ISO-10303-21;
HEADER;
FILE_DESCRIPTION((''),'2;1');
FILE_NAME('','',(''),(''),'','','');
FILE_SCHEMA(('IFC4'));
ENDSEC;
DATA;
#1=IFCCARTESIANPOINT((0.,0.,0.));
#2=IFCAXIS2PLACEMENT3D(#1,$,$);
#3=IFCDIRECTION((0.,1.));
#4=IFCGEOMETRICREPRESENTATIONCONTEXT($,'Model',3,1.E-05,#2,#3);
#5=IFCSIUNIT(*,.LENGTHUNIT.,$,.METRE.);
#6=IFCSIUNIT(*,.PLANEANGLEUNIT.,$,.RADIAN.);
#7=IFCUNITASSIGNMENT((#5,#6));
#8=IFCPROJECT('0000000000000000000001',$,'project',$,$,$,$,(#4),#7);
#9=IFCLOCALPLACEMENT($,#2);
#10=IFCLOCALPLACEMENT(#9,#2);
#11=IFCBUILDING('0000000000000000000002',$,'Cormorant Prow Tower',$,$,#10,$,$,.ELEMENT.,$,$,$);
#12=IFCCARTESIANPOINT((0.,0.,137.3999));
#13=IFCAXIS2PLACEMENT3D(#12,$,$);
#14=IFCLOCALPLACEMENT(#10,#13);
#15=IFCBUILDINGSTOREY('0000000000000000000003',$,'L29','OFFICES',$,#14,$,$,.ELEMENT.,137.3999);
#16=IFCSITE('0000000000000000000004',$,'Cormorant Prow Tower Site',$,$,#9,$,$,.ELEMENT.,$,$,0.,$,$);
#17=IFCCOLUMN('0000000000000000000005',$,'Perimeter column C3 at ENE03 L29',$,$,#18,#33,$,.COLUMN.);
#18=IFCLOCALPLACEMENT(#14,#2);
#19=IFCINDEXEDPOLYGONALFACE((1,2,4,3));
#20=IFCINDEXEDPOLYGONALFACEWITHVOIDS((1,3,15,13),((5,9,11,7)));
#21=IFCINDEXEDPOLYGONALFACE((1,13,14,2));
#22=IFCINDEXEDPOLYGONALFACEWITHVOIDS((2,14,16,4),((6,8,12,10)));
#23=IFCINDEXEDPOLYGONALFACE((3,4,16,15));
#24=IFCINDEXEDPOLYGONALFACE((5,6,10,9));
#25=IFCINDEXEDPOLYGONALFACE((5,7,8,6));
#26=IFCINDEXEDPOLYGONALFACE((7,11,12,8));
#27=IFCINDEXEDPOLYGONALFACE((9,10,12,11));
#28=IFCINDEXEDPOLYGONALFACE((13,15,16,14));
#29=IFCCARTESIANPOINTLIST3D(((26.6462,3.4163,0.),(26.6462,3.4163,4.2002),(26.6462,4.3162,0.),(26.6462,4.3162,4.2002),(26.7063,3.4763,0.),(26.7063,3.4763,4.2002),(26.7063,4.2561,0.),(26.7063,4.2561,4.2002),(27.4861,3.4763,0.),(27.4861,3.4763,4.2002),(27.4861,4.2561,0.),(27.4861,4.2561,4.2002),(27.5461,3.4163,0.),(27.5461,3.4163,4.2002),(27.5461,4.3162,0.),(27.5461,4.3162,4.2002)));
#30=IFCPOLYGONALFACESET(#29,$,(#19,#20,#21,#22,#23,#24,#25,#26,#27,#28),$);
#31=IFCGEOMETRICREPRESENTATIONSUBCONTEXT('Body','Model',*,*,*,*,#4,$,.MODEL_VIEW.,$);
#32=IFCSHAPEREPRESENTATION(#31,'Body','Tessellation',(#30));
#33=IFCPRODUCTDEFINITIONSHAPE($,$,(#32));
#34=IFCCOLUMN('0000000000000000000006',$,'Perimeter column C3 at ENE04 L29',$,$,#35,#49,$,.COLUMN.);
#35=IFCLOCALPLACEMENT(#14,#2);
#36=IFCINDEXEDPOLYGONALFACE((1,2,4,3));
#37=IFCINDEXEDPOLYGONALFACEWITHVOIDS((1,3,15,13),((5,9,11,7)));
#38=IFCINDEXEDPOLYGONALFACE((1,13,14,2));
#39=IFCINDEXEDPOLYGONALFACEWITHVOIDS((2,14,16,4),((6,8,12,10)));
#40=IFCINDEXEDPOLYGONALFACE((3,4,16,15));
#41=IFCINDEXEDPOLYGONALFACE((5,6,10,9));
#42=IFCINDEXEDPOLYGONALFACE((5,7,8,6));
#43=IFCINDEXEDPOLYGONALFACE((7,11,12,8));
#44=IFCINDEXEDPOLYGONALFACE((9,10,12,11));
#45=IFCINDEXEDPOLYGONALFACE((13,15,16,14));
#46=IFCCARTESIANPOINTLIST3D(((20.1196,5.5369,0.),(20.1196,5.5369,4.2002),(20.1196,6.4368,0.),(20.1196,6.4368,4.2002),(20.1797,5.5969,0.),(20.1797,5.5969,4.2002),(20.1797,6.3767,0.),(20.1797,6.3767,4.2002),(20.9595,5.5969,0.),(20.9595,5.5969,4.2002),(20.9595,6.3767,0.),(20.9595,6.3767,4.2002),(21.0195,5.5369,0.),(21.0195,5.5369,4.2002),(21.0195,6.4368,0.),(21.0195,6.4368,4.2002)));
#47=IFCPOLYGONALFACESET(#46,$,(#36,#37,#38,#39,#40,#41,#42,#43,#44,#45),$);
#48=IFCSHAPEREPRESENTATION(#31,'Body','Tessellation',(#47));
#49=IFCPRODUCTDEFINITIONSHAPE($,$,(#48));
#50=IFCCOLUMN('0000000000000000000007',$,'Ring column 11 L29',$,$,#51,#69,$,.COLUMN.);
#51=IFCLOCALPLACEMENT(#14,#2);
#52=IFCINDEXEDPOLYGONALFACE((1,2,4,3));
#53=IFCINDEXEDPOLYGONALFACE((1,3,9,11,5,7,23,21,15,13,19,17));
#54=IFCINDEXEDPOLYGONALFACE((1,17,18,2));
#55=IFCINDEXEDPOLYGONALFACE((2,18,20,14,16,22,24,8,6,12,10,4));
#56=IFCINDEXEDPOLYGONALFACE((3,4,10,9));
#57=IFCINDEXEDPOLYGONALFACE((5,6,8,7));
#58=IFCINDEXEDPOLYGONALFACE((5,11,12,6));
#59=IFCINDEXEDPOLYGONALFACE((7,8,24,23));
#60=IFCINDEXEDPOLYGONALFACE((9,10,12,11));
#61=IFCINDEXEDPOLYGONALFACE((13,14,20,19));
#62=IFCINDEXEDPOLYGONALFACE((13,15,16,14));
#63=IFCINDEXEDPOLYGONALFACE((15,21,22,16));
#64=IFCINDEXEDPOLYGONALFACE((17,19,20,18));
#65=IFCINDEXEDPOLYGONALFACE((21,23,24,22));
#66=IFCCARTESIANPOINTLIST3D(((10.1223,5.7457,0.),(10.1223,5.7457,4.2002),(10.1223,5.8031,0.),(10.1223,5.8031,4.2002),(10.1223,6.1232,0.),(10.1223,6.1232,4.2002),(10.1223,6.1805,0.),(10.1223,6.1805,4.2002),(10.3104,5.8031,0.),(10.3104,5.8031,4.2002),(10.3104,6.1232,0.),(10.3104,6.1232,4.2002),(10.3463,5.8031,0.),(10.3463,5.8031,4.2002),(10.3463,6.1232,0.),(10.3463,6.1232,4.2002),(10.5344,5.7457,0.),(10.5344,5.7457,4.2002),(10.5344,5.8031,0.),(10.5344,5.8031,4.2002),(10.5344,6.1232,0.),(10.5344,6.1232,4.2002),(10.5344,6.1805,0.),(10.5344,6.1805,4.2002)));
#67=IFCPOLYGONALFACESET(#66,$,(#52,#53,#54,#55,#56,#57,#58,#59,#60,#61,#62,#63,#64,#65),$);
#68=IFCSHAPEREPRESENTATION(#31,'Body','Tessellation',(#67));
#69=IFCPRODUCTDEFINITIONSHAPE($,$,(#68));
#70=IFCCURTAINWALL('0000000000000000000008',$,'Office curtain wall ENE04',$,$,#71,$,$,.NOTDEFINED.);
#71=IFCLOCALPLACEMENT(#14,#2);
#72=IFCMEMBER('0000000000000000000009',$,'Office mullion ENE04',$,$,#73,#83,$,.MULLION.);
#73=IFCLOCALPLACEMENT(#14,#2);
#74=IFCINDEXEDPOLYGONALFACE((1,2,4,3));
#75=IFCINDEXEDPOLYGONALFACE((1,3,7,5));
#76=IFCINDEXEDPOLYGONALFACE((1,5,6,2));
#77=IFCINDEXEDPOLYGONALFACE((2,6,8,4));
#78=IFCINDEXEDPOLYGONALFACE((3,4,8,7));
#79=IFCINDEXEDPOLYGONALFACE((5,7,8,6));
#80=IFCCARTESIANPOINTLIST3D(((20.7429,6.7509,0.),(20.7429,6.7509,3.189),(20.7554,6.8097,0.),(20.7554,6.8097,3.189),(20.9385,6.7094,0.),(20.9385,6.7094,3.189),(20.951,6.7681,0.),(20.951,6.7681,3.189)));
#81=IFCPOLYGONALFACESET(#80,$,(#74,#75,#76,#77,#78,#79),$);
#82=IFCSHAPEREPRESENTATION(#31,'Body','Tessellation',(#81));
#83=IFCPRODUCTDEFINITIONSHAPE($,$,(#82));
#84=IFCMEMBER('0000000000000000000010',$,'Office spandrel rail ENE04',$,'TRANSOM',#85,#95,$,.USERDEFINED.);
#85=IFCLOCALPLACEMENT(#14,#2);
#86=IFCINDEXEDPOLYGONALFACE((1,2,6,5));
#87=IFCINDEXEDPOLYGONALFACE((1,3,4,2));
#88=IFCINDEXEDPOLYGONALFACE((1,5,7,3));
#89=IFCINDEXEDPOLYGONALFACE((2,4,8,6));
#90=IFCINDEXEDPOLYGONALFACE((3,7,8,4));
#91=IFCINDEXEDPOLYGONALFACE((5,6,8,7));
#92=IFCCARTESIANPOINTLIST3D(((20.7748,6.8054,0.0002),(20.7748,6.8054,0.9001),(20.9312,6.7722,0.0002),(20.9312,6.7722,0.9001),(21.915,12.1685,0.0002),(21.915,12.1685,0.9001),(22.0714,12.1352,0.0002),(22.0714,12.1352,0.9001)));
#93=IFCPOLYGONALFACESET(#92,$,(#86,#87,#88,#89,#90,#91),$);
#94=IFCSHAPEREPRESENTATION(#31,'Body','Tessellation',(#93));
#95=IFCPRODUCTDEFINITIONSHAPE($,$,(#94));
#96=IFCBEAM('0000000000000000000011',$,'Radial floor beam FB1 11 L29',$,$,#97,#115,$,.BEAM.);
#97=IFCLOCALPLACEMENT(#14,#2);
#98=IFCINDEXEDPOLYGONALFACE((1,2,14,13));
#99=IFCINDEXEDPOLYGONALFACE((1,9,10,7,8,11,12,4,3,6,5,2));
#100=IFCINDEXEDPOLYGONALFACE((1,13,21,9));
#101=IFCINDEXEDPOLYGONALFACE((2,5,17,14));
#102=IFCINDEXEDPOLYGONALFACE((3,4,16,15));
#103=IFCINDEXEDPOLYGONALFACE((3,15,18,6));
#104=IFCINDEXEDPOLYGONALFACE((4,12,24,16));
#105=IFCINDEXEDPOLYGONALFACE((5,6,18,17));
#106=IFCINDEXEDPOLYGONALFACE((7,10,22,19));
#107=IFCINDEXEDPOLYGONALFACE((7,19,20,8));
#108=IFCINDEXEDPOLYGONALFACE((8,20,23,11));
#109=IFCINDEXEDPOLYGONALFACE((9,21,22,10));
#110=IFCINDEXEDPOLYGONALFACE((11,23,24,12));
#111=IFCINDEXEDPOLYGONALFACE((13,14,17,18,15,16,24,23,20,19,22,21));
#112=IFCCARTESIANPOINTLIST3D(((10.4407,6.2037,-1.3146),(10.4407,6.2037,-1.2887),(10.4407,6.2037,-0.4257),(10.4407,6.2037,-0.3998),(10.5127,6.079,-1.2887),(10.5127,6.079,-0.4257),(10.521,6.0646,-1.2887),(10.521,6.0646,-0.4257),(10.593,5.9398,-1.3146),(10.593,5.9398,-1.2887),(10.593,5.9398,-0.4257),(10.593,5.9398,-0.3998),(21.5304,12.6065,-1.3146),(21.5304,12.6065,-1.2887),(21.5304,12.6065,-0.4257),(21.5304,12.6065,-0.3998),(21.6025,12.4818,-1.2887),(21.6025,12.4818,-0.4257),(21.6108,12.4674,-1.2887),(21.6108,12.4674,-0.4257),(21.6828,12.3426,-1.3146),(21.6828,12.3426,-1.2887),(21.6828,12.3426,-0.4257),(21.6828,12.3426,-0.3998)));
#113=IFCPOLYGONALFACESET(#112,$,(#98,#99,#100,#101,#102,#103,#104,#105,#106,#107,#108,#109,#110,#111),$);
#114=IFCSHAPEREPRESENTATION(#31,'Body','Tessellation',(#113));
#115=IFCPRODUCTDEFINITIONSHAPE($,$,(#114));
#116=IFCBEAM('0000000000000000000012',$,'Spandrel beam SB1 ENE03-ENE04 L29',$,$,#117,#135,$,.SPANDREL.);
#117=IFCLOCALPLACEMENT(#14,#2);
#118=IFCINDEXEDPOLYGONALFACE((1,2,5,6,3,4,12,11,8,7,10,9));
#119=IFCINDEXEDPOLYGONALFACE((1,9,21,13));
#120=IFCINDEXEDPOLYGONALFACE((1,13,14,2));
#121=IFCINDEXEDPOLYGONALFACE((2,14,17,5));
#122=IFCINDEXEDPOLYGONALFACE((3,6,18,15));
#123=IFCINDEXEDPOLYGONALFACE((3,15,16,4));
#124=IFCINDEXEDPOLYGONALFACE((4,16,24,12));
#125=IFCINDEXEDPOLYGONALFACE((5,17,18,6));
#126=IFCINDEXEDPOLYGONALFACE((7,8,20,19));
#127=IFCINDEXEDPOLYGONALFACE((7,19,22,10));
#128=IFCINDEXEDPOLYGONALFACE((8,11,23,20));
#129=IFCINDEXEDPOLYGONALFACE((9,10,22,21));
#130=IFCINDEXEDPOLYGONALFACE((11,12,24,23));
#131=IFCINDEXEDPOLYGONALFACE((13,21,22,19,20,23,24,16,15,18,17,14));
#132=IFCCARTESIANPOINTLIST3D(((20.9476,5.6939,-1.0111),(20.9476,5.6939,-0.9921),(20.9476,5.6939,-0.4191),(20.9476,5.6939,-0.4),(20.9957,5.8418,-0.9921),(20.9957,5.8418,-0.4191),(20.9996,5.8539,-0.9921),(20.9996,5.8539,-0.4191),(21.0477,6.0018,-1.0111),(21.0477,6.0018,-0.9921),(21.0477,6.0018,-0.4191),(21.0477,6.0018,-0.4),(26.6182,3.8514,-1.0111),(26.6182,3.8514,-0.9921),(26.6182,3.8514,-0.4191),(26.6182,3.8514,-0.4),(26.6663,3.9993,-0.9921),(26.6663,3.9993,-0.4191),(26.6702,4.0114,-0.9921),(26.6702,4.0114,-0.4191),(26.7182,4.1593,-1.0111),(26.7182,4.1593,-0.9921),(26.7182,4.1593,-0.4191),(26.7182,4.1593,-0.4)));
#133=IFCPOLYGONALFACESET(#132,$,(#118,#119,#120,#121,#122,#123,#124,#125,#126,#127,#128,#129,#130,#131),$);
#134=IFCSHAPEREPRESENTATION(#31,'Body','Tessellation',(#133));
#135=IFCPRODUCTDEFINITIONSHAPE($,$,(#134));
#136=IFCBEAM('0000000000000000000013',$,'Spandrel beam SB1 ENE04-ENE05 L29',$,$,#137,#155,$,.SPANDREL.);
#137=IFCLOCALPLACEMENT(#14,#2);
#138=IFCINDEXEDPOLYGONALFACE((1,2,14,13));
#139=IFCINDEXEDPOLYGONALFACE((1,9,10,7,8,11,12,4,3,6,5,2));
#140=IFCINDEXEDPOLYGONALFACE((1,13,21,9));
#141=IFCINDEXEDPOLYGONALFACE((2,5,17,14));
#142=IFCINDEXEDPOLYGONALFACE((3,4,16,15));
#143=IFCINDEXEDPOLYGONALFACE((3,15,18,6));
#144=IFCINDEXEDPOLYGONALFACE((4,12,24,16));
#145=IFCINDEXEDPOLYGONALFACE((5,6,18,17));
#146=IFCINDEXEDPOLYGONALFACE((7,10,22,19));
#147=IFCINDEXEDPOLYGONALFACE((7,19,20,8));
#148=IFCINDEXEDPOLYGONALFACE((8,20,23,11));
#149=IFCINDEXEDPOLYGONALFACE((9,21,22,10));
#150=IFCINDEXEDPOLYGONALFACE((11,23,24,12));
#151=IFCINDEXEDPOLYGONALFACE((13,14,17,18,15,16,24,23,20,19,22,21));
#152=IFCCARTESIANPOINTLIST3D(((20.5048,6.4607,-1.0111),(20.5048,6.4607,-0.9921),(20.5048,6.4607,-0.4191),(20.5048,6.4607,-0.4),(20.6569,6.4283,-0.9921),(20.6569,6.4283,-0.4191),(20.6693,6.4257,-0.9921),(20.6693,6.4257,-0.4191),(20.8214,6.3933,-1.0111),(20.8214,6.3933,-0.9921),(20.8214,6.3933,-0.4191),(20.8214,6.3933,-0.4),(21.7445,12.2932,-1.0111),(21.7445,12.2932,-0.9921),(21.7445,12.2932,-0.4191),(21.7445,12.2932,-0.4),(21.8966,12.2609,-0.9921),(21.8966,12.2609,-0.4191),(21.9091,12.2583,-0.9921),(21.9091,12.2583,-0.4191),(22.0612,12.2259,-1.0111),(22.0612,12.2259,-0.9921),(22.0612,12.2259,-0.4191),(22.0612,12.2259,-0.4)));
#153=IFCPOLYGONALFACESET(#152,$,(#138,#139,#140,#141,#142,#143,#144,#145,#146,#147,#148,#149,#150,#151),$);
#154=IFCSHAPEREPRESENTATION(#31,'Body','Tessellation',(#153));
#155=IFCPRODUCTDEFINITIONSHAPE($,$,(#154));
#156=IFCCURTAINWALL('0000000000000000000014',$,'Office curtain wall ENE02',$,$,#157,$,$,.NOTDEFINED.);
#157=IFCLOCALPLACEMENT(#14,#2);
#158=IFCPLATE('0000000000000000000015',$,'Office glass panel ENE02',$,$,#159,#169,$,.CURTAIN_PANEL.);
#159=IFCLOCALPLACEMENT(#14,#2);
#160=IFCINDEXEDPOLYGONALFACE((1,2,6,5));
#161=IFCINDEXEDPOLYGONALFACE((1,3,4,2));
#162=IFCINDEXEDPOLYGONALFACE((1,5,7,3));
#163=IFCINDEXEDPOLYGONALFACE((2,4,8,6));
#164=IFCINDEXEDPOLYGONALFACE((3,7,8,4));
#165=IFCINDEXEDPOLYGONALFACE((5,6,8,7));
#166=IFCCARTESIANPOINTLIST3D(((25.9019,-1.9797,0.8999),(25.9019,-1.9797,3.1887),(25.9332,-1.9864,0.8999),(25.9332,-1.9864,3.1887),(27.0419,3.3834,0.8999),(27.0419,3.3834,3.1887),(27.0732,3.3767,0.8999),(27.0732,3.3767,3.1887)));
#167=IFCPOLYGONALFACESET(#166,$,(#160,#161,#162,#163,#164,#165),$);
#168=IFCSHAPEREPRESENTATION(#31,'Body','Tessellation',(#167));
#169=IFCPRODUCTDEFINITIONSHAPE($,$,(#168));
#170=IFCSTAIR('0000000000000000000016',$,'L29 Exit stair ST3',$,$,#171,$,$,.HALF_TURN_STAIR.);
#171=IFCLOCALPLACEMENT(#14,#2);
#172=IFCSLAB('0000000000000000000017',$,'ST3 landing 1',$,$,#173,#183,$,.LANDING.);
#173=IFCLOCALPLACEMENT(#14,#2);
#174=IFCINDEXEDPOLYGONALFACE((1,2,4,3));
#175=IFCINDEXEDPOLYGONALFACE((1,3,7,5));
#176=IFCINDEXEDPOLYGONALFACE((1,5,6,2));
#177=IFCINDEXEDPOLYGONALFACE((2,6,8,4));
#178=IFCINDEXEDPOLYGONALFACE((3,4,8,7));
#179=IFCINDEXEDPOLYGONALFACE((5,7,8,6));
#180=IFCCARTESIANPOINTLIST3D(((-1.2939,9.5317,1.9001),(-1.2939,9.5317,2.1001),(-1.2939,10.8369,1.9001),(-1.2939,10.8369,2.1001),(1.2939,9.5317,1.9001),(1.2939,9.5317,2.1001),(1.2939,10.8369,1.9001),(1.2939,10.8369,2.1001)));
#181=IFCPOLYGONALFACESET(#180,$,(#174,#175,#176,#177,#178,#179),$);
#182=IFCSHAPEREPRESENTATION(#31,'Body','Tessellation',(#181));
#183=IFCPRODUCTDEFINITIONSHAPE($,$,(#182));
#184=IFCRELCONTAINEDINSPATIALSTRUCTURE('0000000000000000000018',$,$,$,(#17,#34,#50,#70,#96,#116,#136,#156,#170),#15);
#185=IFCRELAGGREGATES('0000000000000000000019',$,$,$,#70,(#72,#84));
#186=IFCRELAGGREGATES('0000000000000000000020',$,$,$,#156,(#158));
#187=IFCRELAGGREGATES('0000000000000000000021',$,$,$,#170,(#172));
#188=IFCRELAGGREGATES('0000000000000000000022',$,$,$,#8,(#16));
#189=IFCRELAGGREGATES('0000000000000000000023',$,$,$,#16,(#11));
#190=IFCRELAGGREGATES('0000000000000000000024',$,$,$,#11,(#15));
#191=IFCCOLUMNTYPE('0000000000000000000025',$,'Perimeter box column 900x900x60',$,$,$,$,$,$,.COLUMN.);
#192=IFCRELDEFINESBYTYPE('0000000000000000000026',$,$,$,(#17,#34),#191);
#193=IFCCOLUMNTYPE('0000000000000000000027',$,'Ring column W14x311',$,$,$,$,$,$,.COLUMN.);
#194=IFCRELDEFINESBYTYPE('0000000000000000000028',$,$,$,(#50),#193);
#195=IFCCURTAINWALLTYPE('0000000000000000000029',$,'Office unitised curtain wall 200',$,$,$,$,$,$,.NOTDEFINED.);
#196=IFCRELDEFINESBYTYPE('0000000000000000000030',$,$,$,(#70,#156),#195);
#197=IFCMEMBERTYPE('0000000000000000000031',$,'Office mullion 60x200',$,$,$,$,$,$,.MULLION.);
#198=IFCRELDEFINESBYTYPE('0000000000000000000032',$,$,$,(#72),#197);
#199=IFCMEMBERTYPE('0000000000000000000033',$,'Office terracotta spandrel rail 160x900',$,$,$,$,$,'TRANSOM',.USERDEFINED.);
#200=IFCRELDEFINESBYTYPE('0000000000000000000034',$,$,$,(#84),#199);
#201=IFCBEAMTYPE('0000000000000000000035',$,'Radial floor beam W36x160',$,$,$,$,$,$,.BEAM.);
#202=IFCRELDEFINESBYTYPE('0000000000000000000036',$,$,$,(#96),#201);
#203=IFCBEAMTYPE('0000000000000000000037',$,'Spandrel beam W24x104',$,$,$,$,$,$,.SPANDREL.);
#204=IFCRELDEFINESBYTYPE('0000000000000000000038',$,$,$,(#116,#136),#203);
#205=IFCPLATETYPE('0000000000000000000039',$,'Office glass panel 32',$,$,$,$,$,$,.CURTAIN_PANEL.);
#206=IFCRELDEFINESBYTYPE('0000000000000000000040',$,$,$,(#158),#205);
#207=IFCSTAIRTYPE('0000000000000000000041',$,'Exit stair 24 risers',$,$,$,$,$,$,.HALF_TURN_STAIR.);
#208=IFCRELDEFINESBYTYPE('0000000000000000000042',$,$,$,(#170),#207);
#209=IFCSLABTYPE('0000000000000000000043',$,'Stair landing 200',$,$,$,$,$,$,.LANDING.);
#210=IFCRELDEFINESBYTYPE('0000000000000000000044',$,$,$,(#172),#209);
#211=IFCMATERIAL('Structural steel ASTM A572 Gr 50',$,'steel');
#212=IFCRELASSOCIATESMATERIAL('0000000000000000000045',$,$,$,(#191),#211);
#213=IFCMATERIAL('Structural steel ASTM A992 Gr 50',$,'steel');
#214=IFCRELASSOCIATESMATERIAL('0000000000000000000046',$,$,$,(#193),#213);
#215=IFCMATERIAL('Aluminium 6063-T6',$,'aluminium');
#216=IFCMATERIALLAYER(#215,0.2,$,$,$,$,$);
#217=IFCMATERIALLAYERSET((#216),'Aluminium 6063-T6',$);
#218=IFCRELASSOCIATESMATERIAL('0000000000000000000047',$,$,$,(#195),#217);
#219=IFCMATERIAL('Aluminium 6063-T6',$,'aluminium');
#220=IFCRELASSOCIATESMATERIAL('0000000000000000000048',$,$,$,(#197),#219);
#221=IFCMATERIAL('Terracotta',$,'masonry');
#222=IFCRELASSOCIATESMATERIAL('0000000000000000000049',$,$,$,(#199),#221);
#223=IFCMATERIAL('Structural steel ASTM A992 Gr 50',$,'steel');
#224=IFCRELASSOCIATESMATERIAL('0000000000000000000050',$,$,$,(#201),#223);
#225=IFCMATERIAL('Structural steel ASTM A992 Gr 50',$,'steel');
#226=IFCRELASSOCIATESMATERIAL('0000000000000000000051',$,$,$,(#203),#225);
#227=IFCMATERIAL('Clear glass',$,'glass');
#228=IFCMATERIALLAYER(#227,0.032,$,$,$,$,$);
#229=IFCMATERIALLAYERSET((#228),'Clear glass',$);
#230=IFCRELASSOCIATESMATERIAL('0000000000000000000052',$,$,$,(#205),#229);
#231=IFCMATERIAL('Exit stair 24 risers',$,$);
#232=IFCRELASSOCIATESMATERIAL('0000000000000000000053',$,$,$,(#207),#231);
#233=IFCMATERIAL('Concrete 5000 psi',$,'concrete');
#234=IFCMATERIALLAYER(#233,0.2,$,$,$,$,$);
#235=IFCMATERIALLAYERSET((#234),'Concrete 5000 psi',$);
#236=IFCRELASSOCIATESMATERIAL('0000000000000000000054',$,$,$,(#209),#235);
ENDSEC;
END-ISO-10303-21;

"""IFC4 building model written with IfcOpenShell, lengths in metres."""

from ifc_helpers import new_model, si_unit, direction, frame, origin, origin_2d, place, context, subcontext, project, spatial, polyline, rectangle, hollow_rectangle, i_section, outline, extrude, material, layer, layer_set, material_profile, profile_set, type_object, element, aggregate, save


model = new_model("IFC4")

# Units and contexts
model_context = context("Model", 3, precision=1e-05, world=origin(), true_north=direction((0.0, 1.0)))
body_context = subcontext(model_context, "Body", "Model", "MODEL_VIEW")
ifc_project = project(units=[si_unit("LENGTHUNIT", "METRE"), si_unit("PLANEANGLEUNIT", "RADIAN")], contexts=[model_context])

# Site, building, storey
site_placement = place(None, origin())
site = spatial("IfcSite", under=ifc_project, at=site_placement, Name="Cormorant Prow Tower Site", CompositionType="ELEMENT", RefElevation=0.0)
building_placement = place(site_placement, origin())
building = spatial("IfcBuilding", under=site, at=building_placement, Name="Cormorant Prow Tower", CompositionType="ELEMENT")
storey_placement = place(building_placement, frame((0.0, 0.0, 137.3999)))
storey = spatial("IfcBuildingStorey", under=building, at=storey_placement, Name="L29", Description="OFFICES", CompositionType="ELEMENT", Elevation=137.3999)

# Columns
ifc_material_1 = material(Name="Structural steel ASTM A572 Gr 50", Category="steel")
ifc_material_profile_1 = material_profile(ifc_material_1, hollow_rectangle(XDim=0.8999, YDim=0.8999, WallThickness=0.0601, at=origin_2d()), Name="Box 900x900x60")
ifc_profile_set_1 = profile_set([ifc_material_profile_1], Name="Structural steel ASTM A572 Gr 50")
column_type_1 = type_object("IfcColumnType", Name="Perimeter box column 900x900x60", PredefinedType="COLUMN", material=ifc_profile_set_1)
for number, where, z_axis, x_axis, name in (
    (1, (27.0962, 3.8662, 0.0), (0.0, 0.0, 1.0), (1.0, 0.0, 0.0), "Perimeter column C3 at ENE03 L29"),
    (2, (20.5696, 5.9868, 0.0), (0.0, 0.0, 1.0), (1.0, 0.0, 0.0), "Perimeter column C3 at ENE04 L29"),
):
    element("IfcColumn", number, at=place(storey_placement, frame(where, z_axis=z_axis, x_axis=x_axis)), inside=storey, type_object=column_type_1, Name=name, PredefinedType="COLUMN", context=body_context, shape_type="SweptSolid", body=[
        extrude(hollow_rectangle(XDim=0.8999, YDim=0.8999, WallThickness=0.0601, at=origin_2d()), origin(), (0.0, 0.0, 1.0), 4.2002),
    ])
ifc_material_2 = material(Name="Structural steel ASTM A992 Gr 50", Category="steel")
ifc_material_profile_2 = material_profile(ifc_material_2, i_section(OverallWidth=0.4121, OverallDepth=0.4348, WebThickness=0.0359, FlangeThickness=0.0574, at=origin_2d()), Name="W14x311")
ifc_profile_set_2 = profile_set([ifc_material_profile_2], Name="Structural steel ASTM A992 Gr 50")
column_type_2 = type_object("IfcColumnType", Name="Ring column W14x311", PredefinedType="COLUMN", material=ifc_profile_set_2)
column_placement = place(storey_placement, frame((10.3284, 5.9631, 0.0), z_axis=(0.0, 0.0, 1.0), x_axis=(1.0, 0.0, 0.0)))
element("IfcColumn", 3, at=column_placement, inside=storey, type_object=column_type_2, Name="Ring column 11 L29", PredefinedType="COLUMN", context=body_context, shape_type="SweptSolid", body=[
    extrude(i_section(OverallWidth=0.4121, OverallDepth=0.4348, WebThickness=0.0359, FlangeThickness=0.0574, at=origin_2d()), origin(), (0.0, 0.0, 1.0), 4.2002),
])

# Curtain wall, members
ifc_material_3 = material(Name="Aluminium 6063-T6", Category="aluminium")
ifc_layer_1 = layer(ifc_material_3, 0.2)
ifc_layer_set_1 = layer_set([ifc_layer_1], Name="Aluminium 6063-T6")
curtain_wall_type = type_object("IfcCurtainWallType", Name="Office unitised curtain wall 200", PredefinedType="NOTDEFINED", material=ifc_layer_set_1)
curtain_wall_1_placement = place(storey_placement, origin())
curtain_wall_1 = element("IfcCurtainWall", 4, at=curtain_wall_1_placement, inside=storey, type_object=curtain_wall_type, Name="Office curtain wall ENE04", PredefinedType="NOTDEFINED")
ifc_material_4 = material(Name="Aluminium 6063-T6", Category="aluminium")
ifc_material_profile_3 = material_profile(ifc_material_4, rectangle(XDim=0.2, YDim=0.0601, at=origin_2d()), Name="Office mullion 60x200")
ifc_profile_set_3 = profile_set([ifc_material_profile_3], Name="Aluminium 6063-T6")
member_type_1 = type_object("IfcMemberType", Name="Office mullion 60x200", PredefinedType="MULLION", material=ifc_profile_set_3)
member_1_placement = place(storey_placement, frame((20.8469, 6.7595, 0.0), z_axis=(0.0, 0.0, 1.0), x_axis=(-0.978148, 0.207912, 0.0)))
member_1 = element("IfcMember", 5, at=member_1_placement, type_object=member_type_1, Name="Office mullion ENE04", PredefinedType="MULLION", context=body_context, shape_type="SweptSolid", body=[
    extrude(rectangle(XDim=0.2, YDim=0.0601, at=origin_2d()), origin(), (0.0, 0.0, 1.0), 3.189),
])
ifc_material_5 = material(Name="Terracotta", Category="masonry")
ifc_material_profile_4 = material_profile(ifc_material_5, rectangle(XDim=0.1599, YDim=0.8999, at=origin_2d()), Name="Office terracotta spandrel rail 160x900")
ifc_profile_set_4 = profile_set([ifc_material_profile_4], Name="Terracotta")
member_type_2 = type_object("IfcMemberType", Name="Office terracotta spandrel rail 160x900", ElementType="TRANSOM", PredefinedType="USERDEFINED", material=ifc_profile_set_4)
member_2_placement = place(storey_placement, frame((20.853, 6.7888, 0.4502), z_axis=(0.207944, 0.978141, 0.0), x_axis=(-0.978141, 0.207944, 0.0)))
member_2 = element("IfcMember", 6, at=member_2_placement, type_object=member_type_2, Name="Office spandrel rail ENE04", ObjectType="TRANSOM", PredefinedType="USERDEFINED", context=body_context, shape_type="SweptSolid", body=[
    extrude(rectangle(XDim=0.1599, YDim=0.8999, at=origin_2d()), origin(), (0.0, 0.0, 1.0), 5.4829),
])
aggregate(curtain_wall_1, [member_1, member_2])

# Beams
ifc_material_6 = material(Name="Structural steel ASTM A992 Gr 50", Category="steel")
ifc_material_profile_5 = material_profile(ifc_material_6, i_section(OverallWidth=0.3047, OverallDepth=0.9148, WebThickness=0.0166, FlangeThickness=0.0259, at=origin_2d()), Name="W36x160")
ifc_profile_set_5 = profile_set([ifc_material_profile_5], Name="Structural steel ASTM A992 Gr 50")
beam_type_1 = type_object("IfcBeamType", Name="Radial floor beam W36x160", PredefinedType="BEAM", material=ifc_profile_set_5)
beam_1_placement = place(storey_placement, frame((10.5168, 6.0718, -0.8572), z_axis=(0.866022, 0.500006, 0.0), x_axis=(-0.500006, 0.866022, 0.0)))
element("IfcBeam", 7, at=beam_1_placement, inside=storey, type_object=beam_type_1, Name="Radial floor beam FB1 11 L29", PredefinedType="BEAM", context=body_context, shape_type="SweptSolid", body=[
    extrude(i_section(OverallWidth=0.3047, OverallDepth=0.9148, WebThickness=0.0166, FlangeThickness=0.0259, at=origin_2d()), origin(), (0.0, 0.0, 1.0), 12.8054),
])
ifc_material_7 = material(Name="Structural steel ASTM A992 Gr 50", Category="steel")
ifc_material_profile_6 = material_profile(ifc_material_7, i_section(OverallWidth=0.3237, OverallDepth=0.6111, WebThickness=0.0127, FlangeThickness=0.019, at=origin_2d()), Name="W24x104")
ifc_profile_set_6 = profile_set([ifc_material_profile_6], Name="Structural steel ASTM A992 Gr 50")
beam_type_2 = type_object("IfcBeamType", Name="Spandrel beam W24x104", PredefinedType="SPANDREL", material=ifc_profile_set_6)
beam_2_placement = place(storey_placement, frame((26.6682, 4.0054, -0.7056), z_axis=(-0.951055, 0.30902, 0.0), x_axis=(-0.30902, -0.951055, 0.0)))
element("IfcBeam", 8, at=beam_2_placement, inside=storey, type_object=beam_type_2, Name="Spandrel beam SB1 ENE03-ENE04 L29", PredefinedType="SPANDREL", context=body_context, shape_type="SweptSolid", body=[
    extrude(i_section(OverallWidth=0.3237, OverallDepth=0.6111, WebThickness=0.0127, FlangeThickness=0.019, at=origin_2d()), origin(), (0.0, 0.0, 1.0), 5.9624),
])
beam_3_placement = place(storey_placement, frame((20.6631, 6.427, -0.7056), z_axis=(0.207913, 0.978147, 0.0), x_axis=(-0.978147, 0.207913, 0.0)))
element("IfcBeam", 9, at=beam_3_placement, inside=storey, type_object=beam_type_2, Name="Spandrel beam SB1 ENE04-ENE05 L29", PredefinedType="SPANDREL", context=body_context, shape_type="SweptSolid", body=[
    extrude(i_section(OverallWidth=0.3237, OverallDepth=0.6111, WebThickness=0.0127, FlangeThickness=0.019, at=origin_2d()), origin(), (0.0, 0.0, 1.0), 5.9629),
])

# Curtain wall, plate
curtain_wall_2_placement = place(storey_placement, origin())
curtain_wall_2 = element("IfcCurtainWall", 10, at=curtain_wall_2_placement, inside=storey, type_object=curtain_wall_type, Name="Office curtain wall ENE02", PredefinedType="NOTDEFINED")
ifc_material_8 = material(Name="Clear glass", Category="glass")
ifc_layer_2 = layer(ifc_material_8, 0.032)
ifc_layer_set_2 = layer_set([ifc_layer_2], Name="Clear glass")
plate_type = type_object("IfcPlateType", Name="Office glass panel 32", PredefinedType="CURTAIN_PANEL", material=ifc_layer_set_2)
plate_placement = place(storey_placement, frame((26.4875, 0.6985, 0.8999), z_axis=(0.0, 0.0, 1.0), x_axis=(0.207912, 0.978148, 0.0)))
plate = element("IfcPlate", 11, at=plate_placement, type_object=plate_type, Name="Office glass panel ENE02", PredefinedType="CURTAIN_PANEL", context=body_context, shape_type="SweptSolid", body=[
    extrude(rectangle(XDim=5.4829, YDim=0.032, at=origin_2d()), origin(), (0.0, 0.0, 1.0), 2.2888),
])
aggregate(curtain_wall_2, [plate])

# Stair, slab
ifc_material_9 = material(Name="Exit stair 24 risers")
stair_type = type_object("IfcStairType", Name="Exit stair 24 risers", PredefinedType="HALF_TURN_STAIR", material=ifc_material_9)
stair_placement = place(storey_placement, origin())
stair = element("IfcStair", 12, at=stair_placement, inside=storey, type_object=stair_type, Name="L29 Exit stair ST3", PredefinedType="HALF_TURN_STAIR")
ifc_material_10 = material(Name="Concrete 5000 psi", Category="concrete")
ifc_layer_3 = layer(ifc_material_10, 0.2)
ifc_layer_set_3 = layer_set([ifc_layer_3], Name="Concrete 5000 psi")
slab_type = type_object("IfcSlabType", Name="Stair landing 200", PredefinedType="LANDING", material=ifc_layer_set_3)
slab_placement = place(storey_placement, frame((0.0, 0.0, 1.9001)))
slab = element("IfcSlab", 13, at=slab_placement, type_object=slab_type, Name="ST3 landing 1", PredefinedType="LANDING", context=body_context, shape_type="SweptSolid", body=[
    extrude(outline(polyline([(1.2939, 9.5317), (1.2939, 10.8369), (-1.2939, 10.8369), (-1.2939, 9.5317), (1.2939, 9.5317)])), origin(), (0.0, 0.0, 1.0), 0.2),
])

aggregate(stair, [slab])

save(model, "model.ifc")
